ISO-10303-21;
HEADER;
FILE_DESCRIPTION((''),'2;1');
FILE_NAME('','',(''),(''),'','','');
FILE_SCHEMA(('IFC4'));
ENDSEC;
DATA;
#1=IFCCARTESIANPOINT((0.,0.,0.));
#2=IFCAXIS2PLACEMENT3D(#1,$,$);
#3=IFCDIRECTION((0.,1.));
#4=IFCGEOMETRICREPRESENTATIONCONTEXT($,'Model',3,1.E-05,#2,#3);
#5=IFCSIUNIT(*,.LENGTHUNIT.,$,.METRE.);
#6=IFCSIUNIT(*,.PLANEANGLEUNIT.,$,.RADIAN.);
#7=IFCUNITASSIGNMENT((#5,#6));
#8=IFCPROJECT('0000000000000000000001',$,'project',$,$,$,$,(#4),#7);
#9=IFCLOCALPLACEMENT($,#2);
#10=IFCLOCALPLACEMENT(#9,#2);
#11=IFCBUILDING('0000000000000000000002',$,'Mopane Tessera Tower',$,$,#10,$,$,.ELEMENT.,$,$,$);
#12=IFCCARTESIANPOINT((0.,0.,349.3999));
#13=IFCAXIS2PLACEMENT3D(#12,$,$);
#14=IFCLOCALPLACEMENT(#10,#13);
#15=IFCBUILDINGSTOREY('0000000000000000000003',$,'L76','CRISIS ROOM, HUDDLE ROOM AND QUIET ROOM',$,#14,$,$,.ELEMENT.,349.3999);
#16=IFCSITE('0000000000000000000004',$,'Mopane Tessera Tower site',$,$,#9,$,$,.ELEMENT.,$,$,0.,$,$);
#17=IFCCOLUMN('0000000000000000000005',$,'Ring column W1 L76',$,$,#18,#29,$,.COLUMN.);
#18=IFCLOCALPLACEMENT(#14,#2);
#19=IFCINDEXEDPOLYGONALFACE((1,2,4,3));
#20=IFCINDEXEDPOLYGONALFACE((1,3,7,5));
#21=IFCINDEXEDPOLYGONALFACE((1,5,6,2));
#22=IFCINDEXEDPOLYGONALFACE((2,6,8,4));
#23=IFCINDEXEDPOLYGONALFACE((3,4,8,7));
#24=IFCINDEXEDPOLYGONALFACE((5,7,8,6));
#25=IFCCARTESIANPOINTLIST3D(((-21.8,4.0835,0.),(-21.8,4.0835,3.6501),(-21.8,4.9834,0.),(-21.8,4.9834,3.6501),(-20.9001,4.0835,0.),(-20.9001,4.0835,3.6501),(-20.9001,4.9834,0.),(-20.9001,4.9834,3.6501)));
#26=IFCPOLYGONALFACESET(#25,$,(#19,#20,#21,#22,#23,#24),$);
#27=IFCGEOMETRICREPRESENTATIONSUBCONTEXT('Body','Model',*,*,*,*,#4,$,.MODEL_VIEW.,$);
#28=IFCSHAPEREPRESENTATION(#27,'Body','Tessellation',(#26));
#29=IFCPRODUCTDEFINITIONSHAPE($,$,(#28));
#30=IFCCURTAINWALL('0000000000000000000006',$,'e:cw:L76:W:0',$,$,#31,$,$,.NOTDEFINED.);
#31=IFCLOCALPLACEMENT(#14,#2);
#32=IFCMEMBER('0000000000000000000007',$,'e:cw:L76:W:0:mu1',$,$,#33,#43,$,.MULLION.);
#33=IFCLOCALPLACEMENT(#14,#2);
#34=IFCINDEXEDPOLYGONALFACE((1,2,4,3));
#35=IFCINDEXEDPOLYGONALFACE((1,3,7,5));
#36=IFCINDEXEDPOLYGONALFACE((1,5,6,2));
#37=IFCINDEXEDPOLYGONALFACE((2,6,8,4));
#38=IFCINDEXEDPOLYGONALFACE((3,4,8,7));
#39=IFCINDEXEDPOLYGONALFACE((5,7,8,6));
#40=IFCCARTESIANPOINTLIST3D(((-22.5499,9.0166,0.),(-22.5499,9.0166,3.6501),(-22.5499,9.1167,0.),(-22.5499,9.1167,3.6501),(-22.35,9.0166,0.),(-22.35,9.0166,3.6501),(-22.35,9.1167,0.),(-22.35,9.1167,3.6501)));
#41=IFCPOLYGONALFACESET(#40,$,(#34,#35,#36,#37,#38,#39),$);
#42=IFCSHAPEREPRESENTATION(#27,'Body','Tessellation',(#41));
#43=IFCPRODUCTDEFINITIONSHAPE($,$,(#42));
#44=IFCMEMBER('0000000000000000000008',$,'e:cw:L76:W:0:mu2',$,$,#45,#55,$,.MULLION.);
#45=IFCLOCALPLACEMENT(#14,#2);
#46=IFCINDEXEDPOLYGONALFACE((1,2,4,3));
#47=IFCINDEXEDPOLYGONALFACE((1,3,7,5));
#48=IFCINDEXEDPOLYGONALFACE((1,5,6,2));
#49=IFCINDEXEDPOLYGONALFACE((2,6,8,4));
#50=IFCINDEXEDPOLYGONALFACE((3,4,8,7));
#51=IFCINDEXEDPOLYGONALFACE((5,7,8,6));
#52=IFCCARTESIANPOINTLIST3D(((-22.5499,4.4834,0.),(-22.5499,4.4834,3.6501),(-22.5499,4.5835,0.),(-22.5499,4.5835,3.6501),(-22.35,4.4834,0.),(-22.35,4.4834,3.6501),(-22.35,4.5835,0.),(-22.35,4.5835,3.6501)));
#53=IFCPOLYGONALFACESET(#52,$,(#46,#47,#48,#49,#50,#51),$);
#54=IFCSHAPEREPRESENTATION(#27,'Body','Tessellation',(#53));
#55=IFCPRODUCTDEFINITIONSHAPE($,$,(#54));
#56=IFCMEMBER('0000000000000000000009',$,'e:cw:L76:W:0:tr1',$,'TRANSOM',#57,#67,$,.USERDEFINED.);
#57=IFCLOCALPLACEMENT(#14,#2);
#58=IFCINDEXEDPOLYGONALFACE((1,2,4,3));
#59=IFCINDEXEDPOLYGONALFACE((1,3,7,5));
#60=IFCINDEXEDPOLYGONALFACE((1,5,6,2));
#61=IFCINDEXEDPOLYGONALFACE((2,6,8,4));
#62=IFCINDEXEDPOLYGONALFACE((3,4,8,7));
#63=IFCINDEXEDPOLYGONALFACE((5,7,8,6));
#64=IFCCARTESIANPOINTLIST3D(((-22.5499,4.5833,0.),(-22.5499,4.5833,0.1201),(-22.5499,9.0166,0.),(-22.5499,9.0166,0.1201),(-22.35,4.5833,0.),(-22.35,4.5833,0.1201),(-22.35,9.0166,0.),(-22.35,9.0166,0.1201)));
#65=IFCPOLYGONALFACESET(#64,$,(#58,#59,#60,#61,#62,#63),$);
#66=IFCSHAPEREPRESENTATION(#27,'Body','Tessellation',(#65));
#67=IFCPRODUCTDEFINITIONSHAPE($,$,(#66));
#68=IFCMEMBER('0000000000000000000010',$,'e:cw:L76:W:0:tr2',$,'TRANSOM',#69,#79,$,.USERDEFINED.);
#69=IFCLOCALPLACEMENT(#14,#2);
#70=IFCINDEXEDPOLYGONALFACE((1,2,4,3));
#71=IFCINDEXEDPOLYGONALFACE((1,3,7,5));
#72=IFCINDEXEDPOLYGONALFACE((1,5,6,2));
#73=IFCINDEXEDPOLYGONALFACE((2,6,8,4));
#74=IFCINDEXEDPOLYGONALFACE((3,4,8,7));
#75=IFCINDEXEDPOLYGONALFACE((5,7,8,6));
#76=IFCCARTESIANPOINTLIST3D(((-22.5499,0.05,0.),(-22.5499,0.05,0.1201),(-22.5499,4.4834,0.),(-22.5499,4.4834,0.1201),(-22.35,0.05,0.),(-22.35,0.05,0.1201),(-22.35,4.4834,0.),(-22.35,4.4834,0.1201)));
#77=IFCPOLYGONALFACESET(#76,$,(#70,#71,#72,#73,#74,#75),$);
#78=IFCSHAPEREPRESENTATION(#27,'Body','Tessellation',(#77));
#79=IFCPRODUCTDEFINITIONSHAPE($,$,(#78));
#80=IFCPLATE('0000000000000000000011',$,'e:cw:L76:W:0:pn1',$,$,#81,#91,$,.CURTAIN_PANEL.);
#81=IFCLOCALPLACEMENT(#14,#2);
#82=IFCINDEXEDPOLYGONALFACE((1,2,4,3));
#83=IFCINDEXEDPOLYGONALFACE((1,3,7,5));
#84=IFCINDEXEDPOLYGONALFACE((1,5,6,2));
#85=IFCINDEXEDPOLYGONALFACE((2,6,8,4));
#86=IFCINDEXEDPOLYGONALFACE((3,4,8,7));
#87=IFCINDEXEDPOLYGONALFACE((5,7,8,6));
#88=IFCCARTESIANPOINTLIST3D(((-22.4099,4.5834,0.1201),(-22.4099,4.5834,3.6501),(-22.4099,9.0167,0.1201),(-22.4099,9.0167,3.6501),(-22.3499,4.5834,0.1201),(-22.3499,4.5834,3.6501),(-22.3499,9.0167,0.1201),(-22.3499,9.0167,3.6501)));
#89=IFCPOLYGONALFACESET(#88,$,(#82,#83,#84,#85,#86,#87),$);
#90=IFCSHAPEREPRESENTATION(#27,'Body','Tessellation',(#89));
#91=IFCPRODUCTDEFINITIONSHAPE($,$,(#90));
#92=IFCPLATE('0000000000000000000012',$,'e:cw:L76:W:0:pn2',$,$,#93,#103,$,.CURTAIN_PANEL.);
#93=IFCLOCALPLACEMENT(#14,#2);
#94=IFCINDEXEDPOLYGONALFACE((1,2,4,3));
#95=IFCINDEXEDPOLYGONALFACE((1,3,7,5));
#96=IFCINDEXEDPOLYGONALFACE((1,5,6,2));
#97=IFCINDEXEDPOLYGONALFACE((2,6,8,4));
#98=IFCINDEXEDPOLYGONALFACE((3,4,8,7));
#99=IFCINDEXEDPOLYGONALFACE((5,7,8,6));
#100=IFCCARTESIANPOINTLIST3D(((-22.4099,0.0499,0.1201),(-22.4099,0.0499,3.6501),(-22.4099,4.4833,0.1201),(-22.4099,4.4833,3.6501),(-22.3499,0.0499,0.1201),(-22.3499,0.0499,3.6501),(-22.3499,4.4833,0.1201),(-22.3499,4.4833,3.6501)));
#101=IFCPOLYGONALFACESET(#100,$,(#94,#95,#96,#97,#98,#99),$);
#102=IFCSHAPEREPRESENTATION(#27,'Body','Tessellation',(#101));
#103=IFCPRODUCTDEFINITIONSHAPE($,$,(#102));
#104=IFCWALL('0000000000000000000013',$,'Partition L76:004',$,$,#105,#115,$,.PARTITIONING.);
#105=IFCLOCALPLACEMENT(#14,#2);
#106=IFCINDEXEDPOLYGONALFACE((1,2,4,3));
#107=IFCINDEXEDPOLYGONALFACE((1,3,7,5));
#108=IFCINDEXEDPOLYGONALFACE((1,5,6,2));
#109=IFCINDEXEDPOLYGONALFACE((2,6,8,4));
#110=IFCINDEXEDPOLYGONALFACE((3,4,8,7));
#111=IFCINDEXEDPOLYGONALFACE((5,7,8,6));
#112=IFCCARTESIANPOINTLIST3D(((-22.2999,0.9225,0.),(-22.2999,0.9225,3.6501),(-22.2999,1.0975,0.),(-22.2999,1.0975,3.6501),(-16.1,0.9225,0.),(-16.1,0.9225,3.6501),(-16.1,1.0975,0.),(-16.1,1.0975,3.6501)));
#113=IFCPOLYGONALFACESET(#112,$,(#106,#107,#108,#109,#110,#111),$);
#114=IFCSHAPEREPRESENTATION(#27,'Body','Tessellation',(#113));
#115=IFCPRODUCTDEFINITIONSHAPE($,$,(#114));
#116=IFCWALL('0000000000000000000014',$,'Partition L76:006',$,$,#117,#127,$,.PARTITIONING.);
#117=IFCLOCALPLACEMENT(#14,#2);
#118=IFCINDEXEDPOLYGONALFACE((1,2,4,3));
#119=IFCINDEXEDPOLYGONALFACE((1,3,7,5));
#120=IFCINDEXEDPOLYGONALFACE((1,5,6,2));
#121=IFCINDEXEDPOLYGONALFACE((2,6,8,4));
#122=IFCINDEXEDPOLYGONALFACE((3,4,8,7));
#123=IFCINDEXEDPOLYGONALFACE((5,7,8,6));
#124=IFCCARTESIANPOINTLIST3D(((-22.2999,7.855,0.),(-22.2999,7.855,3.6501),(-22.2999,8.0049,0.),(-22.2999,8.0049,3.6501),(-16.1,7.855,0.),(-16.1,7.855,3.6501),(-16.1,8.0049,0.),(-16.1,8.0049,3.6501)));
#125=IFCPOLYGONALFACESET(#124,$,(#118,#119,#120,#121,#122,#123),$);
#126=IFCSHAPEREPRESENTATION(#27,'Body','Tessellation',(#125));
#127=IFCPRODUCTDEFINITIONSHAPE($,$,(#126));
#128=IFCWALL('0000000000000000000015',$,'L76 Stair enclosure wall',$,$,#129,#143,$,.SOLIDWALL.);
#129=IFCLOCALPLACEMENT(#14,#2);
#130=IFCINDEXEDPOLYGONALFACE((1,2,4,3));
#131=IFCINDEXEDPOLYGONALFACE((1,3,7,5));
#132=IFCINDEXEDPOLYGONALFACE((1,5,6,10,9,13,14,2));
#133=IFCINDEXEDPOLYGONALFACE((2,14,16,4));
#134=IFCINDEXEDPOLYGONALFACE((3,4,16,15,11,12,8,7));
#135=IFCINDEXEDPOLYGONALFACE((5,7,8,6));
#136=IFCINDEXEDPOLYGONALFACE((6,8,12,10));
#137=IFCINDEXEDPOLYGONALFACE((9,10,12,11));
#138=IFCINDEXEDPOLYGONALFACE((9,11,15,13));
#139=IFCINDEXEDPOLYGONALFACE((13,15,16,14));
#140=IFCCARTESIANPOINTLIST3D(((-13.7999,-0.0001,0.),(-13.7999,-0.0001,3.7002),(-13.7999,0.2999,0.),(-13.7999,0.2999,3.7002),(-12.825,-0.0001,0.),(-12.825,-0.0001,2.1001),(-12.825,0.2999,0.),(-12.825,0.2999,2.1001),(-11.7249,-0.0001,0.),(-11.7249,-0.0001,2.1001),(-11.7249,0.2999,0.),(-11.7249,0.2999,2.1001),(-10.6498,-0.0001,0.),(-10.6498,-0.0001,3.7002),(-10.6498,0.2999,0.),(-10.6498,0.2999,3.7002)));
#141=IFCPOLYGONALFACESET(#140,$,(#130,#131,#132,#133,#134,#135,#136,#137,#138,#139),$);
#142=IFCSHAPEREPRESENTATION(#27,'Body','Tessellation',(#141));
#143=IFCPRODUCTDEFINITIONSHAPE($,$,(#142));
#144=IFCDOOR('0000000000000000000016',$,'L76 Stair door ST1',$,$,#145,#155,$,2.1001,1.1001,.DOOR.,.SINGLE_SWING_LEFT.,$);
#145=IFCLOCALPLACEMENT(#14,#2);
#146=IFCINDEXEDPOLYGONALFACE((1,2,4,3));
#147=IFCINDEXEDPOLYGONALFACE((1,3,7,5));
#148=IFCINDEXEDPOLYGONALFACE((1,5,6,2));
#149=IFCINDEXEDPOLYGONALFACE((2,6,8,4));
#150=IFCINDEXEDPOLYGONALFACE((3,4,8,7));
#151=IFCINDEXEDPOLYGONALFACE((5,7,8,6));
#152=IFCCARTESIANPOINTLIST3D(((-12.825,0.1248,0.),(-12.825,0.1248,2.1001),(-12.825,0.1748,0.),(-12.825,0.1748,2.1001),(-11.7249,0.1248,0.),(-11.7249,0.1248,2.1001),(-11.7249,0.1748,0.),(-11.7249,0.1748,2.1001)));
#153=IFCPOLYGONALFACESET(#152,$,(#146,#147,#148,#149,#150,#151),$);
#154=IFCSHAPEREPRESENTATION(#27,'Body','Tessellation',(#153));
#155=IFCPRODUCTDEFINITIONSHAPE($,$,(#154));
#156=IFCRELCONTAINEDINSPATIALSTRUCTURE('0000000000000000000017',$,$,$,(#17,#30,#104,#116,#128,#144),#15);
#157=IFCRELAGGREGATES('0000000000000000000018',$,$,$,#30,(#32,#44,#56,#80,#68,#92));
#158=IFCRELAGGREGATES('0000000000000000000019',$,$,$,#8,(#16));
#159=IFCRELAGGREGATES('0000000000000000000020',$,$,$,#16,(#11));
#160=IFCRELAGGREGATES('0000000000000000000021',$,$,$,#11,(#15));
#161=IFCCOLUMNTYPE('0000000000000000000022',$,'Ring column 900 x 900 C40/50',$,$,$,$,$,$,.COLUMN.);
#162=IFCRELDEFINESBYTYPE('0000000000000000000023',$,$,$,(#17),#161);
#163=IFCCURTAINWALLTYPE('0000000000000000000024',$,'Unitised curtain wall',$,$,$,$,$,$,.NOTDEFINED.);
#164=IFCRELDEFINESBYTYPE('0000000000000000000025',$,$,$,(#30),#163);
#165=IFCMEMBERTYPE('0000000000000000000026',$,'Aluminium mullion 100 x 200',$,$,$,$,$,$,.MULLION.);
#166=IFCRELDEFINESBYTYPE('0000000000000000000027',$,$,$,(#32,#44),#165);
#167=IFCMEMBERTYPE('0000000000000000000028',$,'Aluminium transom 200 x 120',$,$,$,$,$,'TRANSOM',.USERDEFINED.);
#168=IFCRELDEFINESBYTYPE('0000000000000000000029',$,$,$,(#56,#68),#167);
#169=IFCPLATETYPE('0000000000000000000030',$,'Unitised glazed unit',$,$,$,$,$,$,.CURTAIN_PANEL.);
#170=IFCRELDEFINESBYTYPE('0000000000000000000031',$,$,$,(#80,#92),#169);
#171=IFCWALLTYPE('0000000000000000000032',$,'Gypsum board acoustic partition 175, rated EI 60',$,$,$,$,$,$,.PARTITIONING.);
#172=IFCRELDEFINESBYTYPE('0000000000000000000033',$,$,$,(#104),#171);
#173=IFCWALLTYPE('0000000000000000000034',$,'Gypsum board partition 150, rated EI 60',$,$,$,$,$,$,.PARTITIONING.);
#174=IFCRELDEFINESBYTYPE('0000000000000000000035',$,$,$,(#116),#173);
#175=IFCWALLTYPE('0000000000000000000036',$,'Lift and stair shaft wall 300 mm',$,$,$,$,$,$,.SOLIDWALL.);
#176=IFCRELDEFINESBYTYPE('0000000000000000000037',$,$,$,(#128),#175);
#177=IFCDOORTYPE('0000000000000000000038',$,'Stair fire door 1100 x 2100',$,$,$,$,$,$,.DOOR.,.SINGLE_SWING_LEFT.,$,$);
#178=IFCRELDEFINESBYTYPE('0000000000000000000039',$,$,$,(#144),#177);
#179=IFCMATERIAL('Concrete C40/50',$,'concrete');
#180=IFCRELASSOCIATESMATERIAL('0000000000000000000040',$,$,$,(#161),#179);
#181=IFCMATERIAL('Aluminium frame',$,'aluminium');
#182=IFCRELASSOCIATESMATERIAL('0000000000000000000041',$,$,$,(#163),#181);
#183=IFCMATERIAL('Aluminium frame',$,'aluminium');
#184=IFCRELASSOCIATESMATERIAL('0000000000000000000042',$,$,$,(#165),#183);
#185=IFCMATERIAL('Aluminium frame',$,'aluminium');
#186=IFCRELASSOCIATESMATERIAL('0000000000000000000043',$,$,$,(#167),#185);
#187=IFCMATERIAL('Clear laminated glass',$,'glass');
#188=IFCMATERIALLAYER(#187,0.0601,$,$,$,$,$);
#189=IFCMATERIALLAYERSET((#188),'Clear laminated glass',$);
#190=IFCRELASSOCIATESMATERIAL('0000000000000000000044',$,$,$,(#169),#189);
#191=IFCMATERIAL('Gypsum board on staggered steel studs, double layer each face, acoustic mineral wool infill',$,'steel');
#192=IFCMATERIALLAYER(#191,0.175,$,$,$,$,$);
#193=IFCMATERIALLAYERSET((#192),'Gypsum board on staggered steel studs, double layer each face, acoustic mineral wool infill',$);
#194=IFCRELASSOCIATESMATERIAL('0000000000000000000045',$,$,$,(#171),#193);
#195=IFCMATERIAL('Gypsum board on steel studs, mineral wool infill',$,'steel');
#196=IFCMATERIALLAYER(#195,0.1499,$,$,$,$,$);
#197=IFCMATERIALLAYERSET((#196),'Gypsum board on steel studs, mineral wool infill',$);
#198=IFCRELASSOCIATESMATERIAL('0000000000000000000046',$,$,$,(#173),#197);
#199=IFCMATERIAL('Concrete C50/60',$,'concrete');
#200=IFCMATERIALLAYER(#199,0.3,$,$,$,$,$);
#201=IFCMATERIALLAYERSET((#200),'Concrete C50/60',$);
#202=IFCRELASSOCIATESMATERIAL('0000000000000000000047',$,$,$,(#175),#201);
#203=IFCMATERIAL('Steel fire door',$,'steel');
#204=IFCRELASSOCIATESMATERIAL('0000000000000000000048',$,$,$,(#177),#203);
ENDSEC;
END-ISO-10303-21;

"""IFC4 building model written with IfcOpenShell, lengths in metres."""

from ifc_helpers import new_model, si_unit, direction, frame, frame_2d, origin, origin_2d, place, context, subcontext, project, spatial, rectangle, extrude, material, layer, layer_set, material_profile, profile_set, type_object, element, fill, aggregate, save


model = new_model("IFC4")

# Units and contexts
model_context = context("Model", 3, precision=1e-05, world=origin(), true_north=direction((0.0, 1.0)))
body_context = subcontext(model_context, "Body", "Model", "MODEL_VIEW")
ifc_project = project(units=[si_unit("LENGTHUNIT", "METRE"), si_unit("PLANEANGLEUNIT", "RADIAN")], contexts=[model_context])

# Site, building, storey
site_placement = place(None, origin())
site = spatial("IfcSite", under=ifc_project, at=site_placement, Name="Mopane Tessera Tower site", CompositionType="ELEMENT", RefElevation=0.0)
building_placement = place(site_placement, origin())
building = spatial("IfcBuilding", under=site, at=building_placement, Name="Mopane Tessera Tower", CompositionType="ELEMENT")
storey_placement = place(building_placement, frame((0.0, 0.0, 349.3999)))
storey = spatial("IfcBuildingStorey", under=building, at=storey_placement, Name="L76", Description="CRISIS ROOM, HUDDLE ROOM AND QUIET ROOM", CompositionType="ELEMENT", Elevation=349.3999)

# Column
ifc_material_1 = material(Name="Concrete C40/50", Category="concrete")
ifc_material_profile_1 = material_profile(ifc_material_1, rectangle(XDim=0.8999, YDim=0.8999, at=origin_2d()))
ifc_profile_set_1 = profile_set([ifc_material_profile_1], Name="Concrete C40/50")
column_type = type_object("IfcColumnType", Name="Ring column 900 x 900 C40/50", PredefinedType="COLUMN", material=ifc_profile_set_1)
column_placement = place(storey_placement, frame((-21.3501, 4.5334, 0.0), z_axis=(0.0, 0.0, 1.0), x_axis=(1.0, 0.0, 0.0)))
element("IfcColumn", 1, at=column_placement, inside=storey, type_object=column_type, Name="Ring column W1 L76", PredefinedType="COLUMN", context=body_context, shape_type="SweptSolid", body=[
    extrude(rectangle(XDim=0.8999, YDim=0.8999, at=origin_2d()), origin(), (0.0, 0.0, 1.0), 3.6501),
])

# Curtain wall, members, plates
ifc_material_2 = material(Name="Aluminium frame", Category="aluminium")
curtain_wall_type = type_object("IfcCurtainWallType", Name="Unitised curtain wall", PredefinedType="NOTDEFINED", material=ifc_material_2)
curtain_wall_placement = place(storey_placement, origin())
curtain_wall = element("IfcCurtainWall", 2, at=curtain_wall_placement, inside=storey, type_object=curtain_wall_type, Name="e:cw:L76:W:0", PredefinedType="NOTDEFINED")
ifc_material_3 = material(Name="Aluminium frame", Category="aluminium")
ifc_material_profile_2 = material_profile(ifc_material_3, rectangle(XDim=0.1001, YDim=0.2, at=origin_2d()))
ifc_profile_set_2 = profile_set([ifc_material_profile_2], Name="Aluminium frame")
member_type_1 = type_object("IfcMemberType", Name="Aluminium mullion 100 x 200", PredefinedType="MULLION", material=ifc_profile_set_2)
member_1_placement = place(storey_placement, frame((-22.45, 9.0667, 0.0), z_axis=(0.0, 0.0, 1.0), x_axis=(0.0, -1.0, 0.0)))
member_1 = element("IfcMember", 3, at=member_1_placement, type_object=member_type_1, Name="e:cw:L76:W:0:mu1", PredefinedType="MULLION", context=body_context, shape_type="SweptSolid", body=[
    extrude(rectangle(XDim=0.1001, YDim=0.2, at=origin_2d()), origin(), (0.0, 0.0, 1.0), 3.6501),
])
member_2_placement = place(storey_placement, frame((-22.45, 4.5334, 0.0), z_axis=(0.0, 0.0, 1.0), x_axis=(0.0, -1.0, 0.0)))
member_2 = element("IfcMember", 4, at=member_2_placement, type_object=member_type_1, Name="e:cw:L76:W:0:mu2", PredefinedType="MULLION", context=body_context, shape_type="SweptSolid", body=[
    extrude(rectangle(XDim=0.1001, YDim=0.2, at=origin_2d()), origin(), (0.0, 0.0, 1.0), 3.6501),
])
ifc_material_4 = material(Name="Aluminium frame", Category="aluminium")
ifc_material_profile_3 = material_profile(ifc_material_4, rectangle(XDim=0.2, YDim=0.1201, at=origin_2d()))
ifc_profile_set_3 = profile_set([ifc_material_profile_3], Name="Aluminium frame")
member_type_2 = type_object("IfcMemberType", Name="Aluminium transom 200 x 120", ElementType="TRANSOM", PredefinedType="USERDEFINED", material=ifc_profile_set_3)
member_3_placement = place(storey_placement, frame((-22.45, 9.0166, 0.0601), z_axis=(0.0, -1.0, 0.0), x_axis=(1.0, 0.0, 0.0)))
member_3 = element("IfcMember", 5, at=member_3_placement, type_object=member_type_2, Name="e:cw:L76:W:0:tr1", ObjectType="TRANSOM", PredefinedType="USERDEFINED", context=body_context, shape_type="SweptSolid", body=[
    extrude(rectangle(XDim=0.2, YDim=0.1201, at=origin_2d()), origin(), (0.0, 0.0, 1.0), 4.4333),
])
member_4_placement = place(storey_placement, frame((-22.45, 4.4834, 0.0601), z_axis=(0.0, -1.0, 0.0), x_axis=(1.0, 0.0, 0.0)))
member_4 = element("IfcMember", 6, at=member_4_placement, type_object=member_type_2, Name="e:cw:L76:W:0:tr2", ObjectType="TRANSOM", PredefinedType="USERDEFINED", context=body_context, shape_type="SweptSolid", body=[
    extrude(rectangle(XDim=0.2, YDim=0.1201, at=origin_2d()), origin(), (0.0, 0.0, 1.0), 4.4333),
])
ifc_material_5 = material(Name="Clear laminated glass", Category="glass")
ifc_layer_1 = layer(ifc_material_5, 0.0601)
ifc_layer_set_1 = layer_set([ifc_layer_1], Name="Clear laminated glass")
plate_type = type_object("IfcPlateType", Name="Unitised glazed unit", PredefinedType="CURTAIN_PANEL", material=ifc_layer_set_1)
plate_1_placement = place(storey_placement, frame((-22.3799, 6.8, 0.1201), z_axis=(0.0, 0.0, 1.0), x_axis=(0.0, -1.0, 0.0)))
plate_1 = element("IfcPlate", 7, at=plate_1_placement, type_object=plate_type, Name="e:cw:L76:W:0:pn1", PredefinedType="CURTAIN_PANEL", context=body_context, shape_type="SweptSolid", body=[
    extrude(rectangle(XDim=4.4333, YDim=0.0601, at=origin_2d()), origin(), (0.0, 0.0, 1.0), 3.53),
])
plate_2_placement = place(storey_placement, frame((-22.3799, 2.2666, 0.1201), z_axis=(0.0, 0.0, 1.0), x_axis=(0.0, -1.0, 0.0)))
plate_2 = element("IfcPlate", 8, at=plate_2_placement, type_object=plate_type, Name="e:cw:L76:W:0:pn2", PredefinedType="CURTAIN_PANEL", context=body_context, shape_type="SweptSolid", body=[
    extrude(rectangle(XDim=4.4333, YDim=0.0601, at=origin_2d()), origin(), (0.0, 0.0, 1.0), 3.53),
])
aggregate(curtain_wall, [member_1, member_2, member_3, plate_1, member_4, plate_2])

# Walls
ifc_material_6 = material(Name="Gypsum board on staggered steel studs, double layer each face, acoustic mineral wool infill", Category="steel")
ifc_layer_2 = layer(ifc_material_6, 0.175)
ifc_layer_set_2 = layer_set([ifc_layer_2], Name="Gypsum board on staggered steel studs, double layer each face, acoustic mineral wool infill")
wall_type_1 = type_object("IfcWallType", Name="Gypsum board acoustic partition 175, rated EI 60", PredefinedType="PARTITIONING", material=ifc_layer_set_2)
wall_1_placement = place(storey_placement, frame((-22.3, 1.01, 0.0), z_axis=(0.0, 0.0, 1.0), x_axis=(1.0, 0.0, 0.0)))
element("IfcWall", 9, at=wall_1_placement, inside=storey, type_object=wall_type_1, Name="Partition L76:004", PredefinedType="PARTITIONING", context=body_context, shape_type="SweptSolid", body=[
    extrude(rectangle(XDim=6.2, YDim=0.175, at=frame_2d((3.1001, 0.0))), origin(), (0.0, 0.0, 1.0), 3.6501),
])
ifc_material_7 = material(Name="Gypsum board on steel studs, mineral wool infill", Category="steel")
ifc_layer_3 = layer(ifc_material_7, 0.1499)
ifc_layer_set_3 = layer_set([ifc_layer_3], Name="Gypsum board on steel studs, mineral wool infill")
wall_type_2 = type_object("IfcWallType", Name="Gypsum board partition 150, rated EI 60", PredefinedType="PARTITIONING", material=ifc_layer_set_3)
wall_2_placement = place(storey_placement, frame((-22.3, 7.9299, 0.0), z_axis=(0.0, 0.0, 1.0), x_axis=(1.0, 0.0, 0.0)))
element("IfcWall", 10, at=wall_2_placement, inside=storey, type_object=wall_type_2, Name="Partition L76:006", PredefinedType="PARTITIONING", context=body_context, shape_type="SweptSolid", body=[
    extrude(rectangle(XDim=6.2, YDim=0.1499, at=frame_2d((3.1001, 0.0))), origin(), (0.0, 0.0, 1.0), 3.6501),
])

# Wall, opening, door
ifc_material_8 = material(Name="Concrete C50/60", Category="concrete")
ifc_layer_4 = layer(ifc_material_8, 0.3)
ifc_layer_set_4 = layer_set([ifc_layer_4], Name="Concrete C50/60")
wall_type_3 = type_object("IfcWallType", Name="Lift and stair shaft wall 300 mm", PredefinedType="SOLIDWALL", material=ifc_layer_set_4)
wall_3_placement = place(storey_placement, frame((-13.8, 0.1499, 0.0), z_axis=(0.0, 0.0, 1.0), x_axis=(1.0, 0.0, 0.0)))
wall_3 = element("IfcWall", 11, at=wall_3_placement, inside=storey, type_object=wall_type_3, Name="L76 Stair enclosure wall", PredefinedType="SOLIDWALL", context=body_context, shape_type="SweptSolid", body=[
    extrude(rectangle(XDim=3.1501, YDim=0.3, at=frame_2d((1.5752, 0.0))), origin(), (0.0, 0.0, 1.0), 3.7002),
])
opening_1_placement = place(wall_3_placement, frame((0.9751, 0.0, 0.0)))
opening_1 = element("IfcOpeningElement", 12, at=opening_1_placement, cuts=wall_3, PredefinedType="OPENING", context=body_context, shape_type="SweptSolid", body=[
    extrude(rectangle(XDim=1.1001, YDim=2.1001, at=frame_2d((0.55, 1.05))), frame((0.0, 0.1621, 0.0), z_axis=(0.0, -1.0, 0.0), x_axis=(1.0, 0.0, 0.0)), (0.0, 0.0, 1.0), 0.324),
])
ifc_material_9 = material(Name="Steel fire door", Category="steel")
door_type = type_object("IfcDoorType", Name="Stair fire door 1100 x 2100", OperationType="SINGLE_SWING_LEFT", PredefinedType="DOOR", material=ifc_material_9)
door_1_placement = place(opening_1_placement, origin())
door_1 = element("IfcDoor", 13, at=door_1_placement, inside=storey, type_object=door_type, Name="L76 Stair door ST1", OperationType="SINGLE_SWING_LEFT", OverallHeight=2.1001, OverallWidth=1.1001, PredefinedType="DOOR", context=body_context, shape_type="SweptSolid", body=[
    extrude(rectangle(XDim=1.1001, YDim=2.1001, at=frame_2d((0.55, 1.05))), frame((0.0, 0.0249, 0.0), z_axis=(0.0, -1.0, 0.0), x_axis=(1.0, 0.0, 0.0)), (0.0, 0.0, 1.0), 0.05),
])
fill(opening_1, door_1)

save(model, "model.ifc")
